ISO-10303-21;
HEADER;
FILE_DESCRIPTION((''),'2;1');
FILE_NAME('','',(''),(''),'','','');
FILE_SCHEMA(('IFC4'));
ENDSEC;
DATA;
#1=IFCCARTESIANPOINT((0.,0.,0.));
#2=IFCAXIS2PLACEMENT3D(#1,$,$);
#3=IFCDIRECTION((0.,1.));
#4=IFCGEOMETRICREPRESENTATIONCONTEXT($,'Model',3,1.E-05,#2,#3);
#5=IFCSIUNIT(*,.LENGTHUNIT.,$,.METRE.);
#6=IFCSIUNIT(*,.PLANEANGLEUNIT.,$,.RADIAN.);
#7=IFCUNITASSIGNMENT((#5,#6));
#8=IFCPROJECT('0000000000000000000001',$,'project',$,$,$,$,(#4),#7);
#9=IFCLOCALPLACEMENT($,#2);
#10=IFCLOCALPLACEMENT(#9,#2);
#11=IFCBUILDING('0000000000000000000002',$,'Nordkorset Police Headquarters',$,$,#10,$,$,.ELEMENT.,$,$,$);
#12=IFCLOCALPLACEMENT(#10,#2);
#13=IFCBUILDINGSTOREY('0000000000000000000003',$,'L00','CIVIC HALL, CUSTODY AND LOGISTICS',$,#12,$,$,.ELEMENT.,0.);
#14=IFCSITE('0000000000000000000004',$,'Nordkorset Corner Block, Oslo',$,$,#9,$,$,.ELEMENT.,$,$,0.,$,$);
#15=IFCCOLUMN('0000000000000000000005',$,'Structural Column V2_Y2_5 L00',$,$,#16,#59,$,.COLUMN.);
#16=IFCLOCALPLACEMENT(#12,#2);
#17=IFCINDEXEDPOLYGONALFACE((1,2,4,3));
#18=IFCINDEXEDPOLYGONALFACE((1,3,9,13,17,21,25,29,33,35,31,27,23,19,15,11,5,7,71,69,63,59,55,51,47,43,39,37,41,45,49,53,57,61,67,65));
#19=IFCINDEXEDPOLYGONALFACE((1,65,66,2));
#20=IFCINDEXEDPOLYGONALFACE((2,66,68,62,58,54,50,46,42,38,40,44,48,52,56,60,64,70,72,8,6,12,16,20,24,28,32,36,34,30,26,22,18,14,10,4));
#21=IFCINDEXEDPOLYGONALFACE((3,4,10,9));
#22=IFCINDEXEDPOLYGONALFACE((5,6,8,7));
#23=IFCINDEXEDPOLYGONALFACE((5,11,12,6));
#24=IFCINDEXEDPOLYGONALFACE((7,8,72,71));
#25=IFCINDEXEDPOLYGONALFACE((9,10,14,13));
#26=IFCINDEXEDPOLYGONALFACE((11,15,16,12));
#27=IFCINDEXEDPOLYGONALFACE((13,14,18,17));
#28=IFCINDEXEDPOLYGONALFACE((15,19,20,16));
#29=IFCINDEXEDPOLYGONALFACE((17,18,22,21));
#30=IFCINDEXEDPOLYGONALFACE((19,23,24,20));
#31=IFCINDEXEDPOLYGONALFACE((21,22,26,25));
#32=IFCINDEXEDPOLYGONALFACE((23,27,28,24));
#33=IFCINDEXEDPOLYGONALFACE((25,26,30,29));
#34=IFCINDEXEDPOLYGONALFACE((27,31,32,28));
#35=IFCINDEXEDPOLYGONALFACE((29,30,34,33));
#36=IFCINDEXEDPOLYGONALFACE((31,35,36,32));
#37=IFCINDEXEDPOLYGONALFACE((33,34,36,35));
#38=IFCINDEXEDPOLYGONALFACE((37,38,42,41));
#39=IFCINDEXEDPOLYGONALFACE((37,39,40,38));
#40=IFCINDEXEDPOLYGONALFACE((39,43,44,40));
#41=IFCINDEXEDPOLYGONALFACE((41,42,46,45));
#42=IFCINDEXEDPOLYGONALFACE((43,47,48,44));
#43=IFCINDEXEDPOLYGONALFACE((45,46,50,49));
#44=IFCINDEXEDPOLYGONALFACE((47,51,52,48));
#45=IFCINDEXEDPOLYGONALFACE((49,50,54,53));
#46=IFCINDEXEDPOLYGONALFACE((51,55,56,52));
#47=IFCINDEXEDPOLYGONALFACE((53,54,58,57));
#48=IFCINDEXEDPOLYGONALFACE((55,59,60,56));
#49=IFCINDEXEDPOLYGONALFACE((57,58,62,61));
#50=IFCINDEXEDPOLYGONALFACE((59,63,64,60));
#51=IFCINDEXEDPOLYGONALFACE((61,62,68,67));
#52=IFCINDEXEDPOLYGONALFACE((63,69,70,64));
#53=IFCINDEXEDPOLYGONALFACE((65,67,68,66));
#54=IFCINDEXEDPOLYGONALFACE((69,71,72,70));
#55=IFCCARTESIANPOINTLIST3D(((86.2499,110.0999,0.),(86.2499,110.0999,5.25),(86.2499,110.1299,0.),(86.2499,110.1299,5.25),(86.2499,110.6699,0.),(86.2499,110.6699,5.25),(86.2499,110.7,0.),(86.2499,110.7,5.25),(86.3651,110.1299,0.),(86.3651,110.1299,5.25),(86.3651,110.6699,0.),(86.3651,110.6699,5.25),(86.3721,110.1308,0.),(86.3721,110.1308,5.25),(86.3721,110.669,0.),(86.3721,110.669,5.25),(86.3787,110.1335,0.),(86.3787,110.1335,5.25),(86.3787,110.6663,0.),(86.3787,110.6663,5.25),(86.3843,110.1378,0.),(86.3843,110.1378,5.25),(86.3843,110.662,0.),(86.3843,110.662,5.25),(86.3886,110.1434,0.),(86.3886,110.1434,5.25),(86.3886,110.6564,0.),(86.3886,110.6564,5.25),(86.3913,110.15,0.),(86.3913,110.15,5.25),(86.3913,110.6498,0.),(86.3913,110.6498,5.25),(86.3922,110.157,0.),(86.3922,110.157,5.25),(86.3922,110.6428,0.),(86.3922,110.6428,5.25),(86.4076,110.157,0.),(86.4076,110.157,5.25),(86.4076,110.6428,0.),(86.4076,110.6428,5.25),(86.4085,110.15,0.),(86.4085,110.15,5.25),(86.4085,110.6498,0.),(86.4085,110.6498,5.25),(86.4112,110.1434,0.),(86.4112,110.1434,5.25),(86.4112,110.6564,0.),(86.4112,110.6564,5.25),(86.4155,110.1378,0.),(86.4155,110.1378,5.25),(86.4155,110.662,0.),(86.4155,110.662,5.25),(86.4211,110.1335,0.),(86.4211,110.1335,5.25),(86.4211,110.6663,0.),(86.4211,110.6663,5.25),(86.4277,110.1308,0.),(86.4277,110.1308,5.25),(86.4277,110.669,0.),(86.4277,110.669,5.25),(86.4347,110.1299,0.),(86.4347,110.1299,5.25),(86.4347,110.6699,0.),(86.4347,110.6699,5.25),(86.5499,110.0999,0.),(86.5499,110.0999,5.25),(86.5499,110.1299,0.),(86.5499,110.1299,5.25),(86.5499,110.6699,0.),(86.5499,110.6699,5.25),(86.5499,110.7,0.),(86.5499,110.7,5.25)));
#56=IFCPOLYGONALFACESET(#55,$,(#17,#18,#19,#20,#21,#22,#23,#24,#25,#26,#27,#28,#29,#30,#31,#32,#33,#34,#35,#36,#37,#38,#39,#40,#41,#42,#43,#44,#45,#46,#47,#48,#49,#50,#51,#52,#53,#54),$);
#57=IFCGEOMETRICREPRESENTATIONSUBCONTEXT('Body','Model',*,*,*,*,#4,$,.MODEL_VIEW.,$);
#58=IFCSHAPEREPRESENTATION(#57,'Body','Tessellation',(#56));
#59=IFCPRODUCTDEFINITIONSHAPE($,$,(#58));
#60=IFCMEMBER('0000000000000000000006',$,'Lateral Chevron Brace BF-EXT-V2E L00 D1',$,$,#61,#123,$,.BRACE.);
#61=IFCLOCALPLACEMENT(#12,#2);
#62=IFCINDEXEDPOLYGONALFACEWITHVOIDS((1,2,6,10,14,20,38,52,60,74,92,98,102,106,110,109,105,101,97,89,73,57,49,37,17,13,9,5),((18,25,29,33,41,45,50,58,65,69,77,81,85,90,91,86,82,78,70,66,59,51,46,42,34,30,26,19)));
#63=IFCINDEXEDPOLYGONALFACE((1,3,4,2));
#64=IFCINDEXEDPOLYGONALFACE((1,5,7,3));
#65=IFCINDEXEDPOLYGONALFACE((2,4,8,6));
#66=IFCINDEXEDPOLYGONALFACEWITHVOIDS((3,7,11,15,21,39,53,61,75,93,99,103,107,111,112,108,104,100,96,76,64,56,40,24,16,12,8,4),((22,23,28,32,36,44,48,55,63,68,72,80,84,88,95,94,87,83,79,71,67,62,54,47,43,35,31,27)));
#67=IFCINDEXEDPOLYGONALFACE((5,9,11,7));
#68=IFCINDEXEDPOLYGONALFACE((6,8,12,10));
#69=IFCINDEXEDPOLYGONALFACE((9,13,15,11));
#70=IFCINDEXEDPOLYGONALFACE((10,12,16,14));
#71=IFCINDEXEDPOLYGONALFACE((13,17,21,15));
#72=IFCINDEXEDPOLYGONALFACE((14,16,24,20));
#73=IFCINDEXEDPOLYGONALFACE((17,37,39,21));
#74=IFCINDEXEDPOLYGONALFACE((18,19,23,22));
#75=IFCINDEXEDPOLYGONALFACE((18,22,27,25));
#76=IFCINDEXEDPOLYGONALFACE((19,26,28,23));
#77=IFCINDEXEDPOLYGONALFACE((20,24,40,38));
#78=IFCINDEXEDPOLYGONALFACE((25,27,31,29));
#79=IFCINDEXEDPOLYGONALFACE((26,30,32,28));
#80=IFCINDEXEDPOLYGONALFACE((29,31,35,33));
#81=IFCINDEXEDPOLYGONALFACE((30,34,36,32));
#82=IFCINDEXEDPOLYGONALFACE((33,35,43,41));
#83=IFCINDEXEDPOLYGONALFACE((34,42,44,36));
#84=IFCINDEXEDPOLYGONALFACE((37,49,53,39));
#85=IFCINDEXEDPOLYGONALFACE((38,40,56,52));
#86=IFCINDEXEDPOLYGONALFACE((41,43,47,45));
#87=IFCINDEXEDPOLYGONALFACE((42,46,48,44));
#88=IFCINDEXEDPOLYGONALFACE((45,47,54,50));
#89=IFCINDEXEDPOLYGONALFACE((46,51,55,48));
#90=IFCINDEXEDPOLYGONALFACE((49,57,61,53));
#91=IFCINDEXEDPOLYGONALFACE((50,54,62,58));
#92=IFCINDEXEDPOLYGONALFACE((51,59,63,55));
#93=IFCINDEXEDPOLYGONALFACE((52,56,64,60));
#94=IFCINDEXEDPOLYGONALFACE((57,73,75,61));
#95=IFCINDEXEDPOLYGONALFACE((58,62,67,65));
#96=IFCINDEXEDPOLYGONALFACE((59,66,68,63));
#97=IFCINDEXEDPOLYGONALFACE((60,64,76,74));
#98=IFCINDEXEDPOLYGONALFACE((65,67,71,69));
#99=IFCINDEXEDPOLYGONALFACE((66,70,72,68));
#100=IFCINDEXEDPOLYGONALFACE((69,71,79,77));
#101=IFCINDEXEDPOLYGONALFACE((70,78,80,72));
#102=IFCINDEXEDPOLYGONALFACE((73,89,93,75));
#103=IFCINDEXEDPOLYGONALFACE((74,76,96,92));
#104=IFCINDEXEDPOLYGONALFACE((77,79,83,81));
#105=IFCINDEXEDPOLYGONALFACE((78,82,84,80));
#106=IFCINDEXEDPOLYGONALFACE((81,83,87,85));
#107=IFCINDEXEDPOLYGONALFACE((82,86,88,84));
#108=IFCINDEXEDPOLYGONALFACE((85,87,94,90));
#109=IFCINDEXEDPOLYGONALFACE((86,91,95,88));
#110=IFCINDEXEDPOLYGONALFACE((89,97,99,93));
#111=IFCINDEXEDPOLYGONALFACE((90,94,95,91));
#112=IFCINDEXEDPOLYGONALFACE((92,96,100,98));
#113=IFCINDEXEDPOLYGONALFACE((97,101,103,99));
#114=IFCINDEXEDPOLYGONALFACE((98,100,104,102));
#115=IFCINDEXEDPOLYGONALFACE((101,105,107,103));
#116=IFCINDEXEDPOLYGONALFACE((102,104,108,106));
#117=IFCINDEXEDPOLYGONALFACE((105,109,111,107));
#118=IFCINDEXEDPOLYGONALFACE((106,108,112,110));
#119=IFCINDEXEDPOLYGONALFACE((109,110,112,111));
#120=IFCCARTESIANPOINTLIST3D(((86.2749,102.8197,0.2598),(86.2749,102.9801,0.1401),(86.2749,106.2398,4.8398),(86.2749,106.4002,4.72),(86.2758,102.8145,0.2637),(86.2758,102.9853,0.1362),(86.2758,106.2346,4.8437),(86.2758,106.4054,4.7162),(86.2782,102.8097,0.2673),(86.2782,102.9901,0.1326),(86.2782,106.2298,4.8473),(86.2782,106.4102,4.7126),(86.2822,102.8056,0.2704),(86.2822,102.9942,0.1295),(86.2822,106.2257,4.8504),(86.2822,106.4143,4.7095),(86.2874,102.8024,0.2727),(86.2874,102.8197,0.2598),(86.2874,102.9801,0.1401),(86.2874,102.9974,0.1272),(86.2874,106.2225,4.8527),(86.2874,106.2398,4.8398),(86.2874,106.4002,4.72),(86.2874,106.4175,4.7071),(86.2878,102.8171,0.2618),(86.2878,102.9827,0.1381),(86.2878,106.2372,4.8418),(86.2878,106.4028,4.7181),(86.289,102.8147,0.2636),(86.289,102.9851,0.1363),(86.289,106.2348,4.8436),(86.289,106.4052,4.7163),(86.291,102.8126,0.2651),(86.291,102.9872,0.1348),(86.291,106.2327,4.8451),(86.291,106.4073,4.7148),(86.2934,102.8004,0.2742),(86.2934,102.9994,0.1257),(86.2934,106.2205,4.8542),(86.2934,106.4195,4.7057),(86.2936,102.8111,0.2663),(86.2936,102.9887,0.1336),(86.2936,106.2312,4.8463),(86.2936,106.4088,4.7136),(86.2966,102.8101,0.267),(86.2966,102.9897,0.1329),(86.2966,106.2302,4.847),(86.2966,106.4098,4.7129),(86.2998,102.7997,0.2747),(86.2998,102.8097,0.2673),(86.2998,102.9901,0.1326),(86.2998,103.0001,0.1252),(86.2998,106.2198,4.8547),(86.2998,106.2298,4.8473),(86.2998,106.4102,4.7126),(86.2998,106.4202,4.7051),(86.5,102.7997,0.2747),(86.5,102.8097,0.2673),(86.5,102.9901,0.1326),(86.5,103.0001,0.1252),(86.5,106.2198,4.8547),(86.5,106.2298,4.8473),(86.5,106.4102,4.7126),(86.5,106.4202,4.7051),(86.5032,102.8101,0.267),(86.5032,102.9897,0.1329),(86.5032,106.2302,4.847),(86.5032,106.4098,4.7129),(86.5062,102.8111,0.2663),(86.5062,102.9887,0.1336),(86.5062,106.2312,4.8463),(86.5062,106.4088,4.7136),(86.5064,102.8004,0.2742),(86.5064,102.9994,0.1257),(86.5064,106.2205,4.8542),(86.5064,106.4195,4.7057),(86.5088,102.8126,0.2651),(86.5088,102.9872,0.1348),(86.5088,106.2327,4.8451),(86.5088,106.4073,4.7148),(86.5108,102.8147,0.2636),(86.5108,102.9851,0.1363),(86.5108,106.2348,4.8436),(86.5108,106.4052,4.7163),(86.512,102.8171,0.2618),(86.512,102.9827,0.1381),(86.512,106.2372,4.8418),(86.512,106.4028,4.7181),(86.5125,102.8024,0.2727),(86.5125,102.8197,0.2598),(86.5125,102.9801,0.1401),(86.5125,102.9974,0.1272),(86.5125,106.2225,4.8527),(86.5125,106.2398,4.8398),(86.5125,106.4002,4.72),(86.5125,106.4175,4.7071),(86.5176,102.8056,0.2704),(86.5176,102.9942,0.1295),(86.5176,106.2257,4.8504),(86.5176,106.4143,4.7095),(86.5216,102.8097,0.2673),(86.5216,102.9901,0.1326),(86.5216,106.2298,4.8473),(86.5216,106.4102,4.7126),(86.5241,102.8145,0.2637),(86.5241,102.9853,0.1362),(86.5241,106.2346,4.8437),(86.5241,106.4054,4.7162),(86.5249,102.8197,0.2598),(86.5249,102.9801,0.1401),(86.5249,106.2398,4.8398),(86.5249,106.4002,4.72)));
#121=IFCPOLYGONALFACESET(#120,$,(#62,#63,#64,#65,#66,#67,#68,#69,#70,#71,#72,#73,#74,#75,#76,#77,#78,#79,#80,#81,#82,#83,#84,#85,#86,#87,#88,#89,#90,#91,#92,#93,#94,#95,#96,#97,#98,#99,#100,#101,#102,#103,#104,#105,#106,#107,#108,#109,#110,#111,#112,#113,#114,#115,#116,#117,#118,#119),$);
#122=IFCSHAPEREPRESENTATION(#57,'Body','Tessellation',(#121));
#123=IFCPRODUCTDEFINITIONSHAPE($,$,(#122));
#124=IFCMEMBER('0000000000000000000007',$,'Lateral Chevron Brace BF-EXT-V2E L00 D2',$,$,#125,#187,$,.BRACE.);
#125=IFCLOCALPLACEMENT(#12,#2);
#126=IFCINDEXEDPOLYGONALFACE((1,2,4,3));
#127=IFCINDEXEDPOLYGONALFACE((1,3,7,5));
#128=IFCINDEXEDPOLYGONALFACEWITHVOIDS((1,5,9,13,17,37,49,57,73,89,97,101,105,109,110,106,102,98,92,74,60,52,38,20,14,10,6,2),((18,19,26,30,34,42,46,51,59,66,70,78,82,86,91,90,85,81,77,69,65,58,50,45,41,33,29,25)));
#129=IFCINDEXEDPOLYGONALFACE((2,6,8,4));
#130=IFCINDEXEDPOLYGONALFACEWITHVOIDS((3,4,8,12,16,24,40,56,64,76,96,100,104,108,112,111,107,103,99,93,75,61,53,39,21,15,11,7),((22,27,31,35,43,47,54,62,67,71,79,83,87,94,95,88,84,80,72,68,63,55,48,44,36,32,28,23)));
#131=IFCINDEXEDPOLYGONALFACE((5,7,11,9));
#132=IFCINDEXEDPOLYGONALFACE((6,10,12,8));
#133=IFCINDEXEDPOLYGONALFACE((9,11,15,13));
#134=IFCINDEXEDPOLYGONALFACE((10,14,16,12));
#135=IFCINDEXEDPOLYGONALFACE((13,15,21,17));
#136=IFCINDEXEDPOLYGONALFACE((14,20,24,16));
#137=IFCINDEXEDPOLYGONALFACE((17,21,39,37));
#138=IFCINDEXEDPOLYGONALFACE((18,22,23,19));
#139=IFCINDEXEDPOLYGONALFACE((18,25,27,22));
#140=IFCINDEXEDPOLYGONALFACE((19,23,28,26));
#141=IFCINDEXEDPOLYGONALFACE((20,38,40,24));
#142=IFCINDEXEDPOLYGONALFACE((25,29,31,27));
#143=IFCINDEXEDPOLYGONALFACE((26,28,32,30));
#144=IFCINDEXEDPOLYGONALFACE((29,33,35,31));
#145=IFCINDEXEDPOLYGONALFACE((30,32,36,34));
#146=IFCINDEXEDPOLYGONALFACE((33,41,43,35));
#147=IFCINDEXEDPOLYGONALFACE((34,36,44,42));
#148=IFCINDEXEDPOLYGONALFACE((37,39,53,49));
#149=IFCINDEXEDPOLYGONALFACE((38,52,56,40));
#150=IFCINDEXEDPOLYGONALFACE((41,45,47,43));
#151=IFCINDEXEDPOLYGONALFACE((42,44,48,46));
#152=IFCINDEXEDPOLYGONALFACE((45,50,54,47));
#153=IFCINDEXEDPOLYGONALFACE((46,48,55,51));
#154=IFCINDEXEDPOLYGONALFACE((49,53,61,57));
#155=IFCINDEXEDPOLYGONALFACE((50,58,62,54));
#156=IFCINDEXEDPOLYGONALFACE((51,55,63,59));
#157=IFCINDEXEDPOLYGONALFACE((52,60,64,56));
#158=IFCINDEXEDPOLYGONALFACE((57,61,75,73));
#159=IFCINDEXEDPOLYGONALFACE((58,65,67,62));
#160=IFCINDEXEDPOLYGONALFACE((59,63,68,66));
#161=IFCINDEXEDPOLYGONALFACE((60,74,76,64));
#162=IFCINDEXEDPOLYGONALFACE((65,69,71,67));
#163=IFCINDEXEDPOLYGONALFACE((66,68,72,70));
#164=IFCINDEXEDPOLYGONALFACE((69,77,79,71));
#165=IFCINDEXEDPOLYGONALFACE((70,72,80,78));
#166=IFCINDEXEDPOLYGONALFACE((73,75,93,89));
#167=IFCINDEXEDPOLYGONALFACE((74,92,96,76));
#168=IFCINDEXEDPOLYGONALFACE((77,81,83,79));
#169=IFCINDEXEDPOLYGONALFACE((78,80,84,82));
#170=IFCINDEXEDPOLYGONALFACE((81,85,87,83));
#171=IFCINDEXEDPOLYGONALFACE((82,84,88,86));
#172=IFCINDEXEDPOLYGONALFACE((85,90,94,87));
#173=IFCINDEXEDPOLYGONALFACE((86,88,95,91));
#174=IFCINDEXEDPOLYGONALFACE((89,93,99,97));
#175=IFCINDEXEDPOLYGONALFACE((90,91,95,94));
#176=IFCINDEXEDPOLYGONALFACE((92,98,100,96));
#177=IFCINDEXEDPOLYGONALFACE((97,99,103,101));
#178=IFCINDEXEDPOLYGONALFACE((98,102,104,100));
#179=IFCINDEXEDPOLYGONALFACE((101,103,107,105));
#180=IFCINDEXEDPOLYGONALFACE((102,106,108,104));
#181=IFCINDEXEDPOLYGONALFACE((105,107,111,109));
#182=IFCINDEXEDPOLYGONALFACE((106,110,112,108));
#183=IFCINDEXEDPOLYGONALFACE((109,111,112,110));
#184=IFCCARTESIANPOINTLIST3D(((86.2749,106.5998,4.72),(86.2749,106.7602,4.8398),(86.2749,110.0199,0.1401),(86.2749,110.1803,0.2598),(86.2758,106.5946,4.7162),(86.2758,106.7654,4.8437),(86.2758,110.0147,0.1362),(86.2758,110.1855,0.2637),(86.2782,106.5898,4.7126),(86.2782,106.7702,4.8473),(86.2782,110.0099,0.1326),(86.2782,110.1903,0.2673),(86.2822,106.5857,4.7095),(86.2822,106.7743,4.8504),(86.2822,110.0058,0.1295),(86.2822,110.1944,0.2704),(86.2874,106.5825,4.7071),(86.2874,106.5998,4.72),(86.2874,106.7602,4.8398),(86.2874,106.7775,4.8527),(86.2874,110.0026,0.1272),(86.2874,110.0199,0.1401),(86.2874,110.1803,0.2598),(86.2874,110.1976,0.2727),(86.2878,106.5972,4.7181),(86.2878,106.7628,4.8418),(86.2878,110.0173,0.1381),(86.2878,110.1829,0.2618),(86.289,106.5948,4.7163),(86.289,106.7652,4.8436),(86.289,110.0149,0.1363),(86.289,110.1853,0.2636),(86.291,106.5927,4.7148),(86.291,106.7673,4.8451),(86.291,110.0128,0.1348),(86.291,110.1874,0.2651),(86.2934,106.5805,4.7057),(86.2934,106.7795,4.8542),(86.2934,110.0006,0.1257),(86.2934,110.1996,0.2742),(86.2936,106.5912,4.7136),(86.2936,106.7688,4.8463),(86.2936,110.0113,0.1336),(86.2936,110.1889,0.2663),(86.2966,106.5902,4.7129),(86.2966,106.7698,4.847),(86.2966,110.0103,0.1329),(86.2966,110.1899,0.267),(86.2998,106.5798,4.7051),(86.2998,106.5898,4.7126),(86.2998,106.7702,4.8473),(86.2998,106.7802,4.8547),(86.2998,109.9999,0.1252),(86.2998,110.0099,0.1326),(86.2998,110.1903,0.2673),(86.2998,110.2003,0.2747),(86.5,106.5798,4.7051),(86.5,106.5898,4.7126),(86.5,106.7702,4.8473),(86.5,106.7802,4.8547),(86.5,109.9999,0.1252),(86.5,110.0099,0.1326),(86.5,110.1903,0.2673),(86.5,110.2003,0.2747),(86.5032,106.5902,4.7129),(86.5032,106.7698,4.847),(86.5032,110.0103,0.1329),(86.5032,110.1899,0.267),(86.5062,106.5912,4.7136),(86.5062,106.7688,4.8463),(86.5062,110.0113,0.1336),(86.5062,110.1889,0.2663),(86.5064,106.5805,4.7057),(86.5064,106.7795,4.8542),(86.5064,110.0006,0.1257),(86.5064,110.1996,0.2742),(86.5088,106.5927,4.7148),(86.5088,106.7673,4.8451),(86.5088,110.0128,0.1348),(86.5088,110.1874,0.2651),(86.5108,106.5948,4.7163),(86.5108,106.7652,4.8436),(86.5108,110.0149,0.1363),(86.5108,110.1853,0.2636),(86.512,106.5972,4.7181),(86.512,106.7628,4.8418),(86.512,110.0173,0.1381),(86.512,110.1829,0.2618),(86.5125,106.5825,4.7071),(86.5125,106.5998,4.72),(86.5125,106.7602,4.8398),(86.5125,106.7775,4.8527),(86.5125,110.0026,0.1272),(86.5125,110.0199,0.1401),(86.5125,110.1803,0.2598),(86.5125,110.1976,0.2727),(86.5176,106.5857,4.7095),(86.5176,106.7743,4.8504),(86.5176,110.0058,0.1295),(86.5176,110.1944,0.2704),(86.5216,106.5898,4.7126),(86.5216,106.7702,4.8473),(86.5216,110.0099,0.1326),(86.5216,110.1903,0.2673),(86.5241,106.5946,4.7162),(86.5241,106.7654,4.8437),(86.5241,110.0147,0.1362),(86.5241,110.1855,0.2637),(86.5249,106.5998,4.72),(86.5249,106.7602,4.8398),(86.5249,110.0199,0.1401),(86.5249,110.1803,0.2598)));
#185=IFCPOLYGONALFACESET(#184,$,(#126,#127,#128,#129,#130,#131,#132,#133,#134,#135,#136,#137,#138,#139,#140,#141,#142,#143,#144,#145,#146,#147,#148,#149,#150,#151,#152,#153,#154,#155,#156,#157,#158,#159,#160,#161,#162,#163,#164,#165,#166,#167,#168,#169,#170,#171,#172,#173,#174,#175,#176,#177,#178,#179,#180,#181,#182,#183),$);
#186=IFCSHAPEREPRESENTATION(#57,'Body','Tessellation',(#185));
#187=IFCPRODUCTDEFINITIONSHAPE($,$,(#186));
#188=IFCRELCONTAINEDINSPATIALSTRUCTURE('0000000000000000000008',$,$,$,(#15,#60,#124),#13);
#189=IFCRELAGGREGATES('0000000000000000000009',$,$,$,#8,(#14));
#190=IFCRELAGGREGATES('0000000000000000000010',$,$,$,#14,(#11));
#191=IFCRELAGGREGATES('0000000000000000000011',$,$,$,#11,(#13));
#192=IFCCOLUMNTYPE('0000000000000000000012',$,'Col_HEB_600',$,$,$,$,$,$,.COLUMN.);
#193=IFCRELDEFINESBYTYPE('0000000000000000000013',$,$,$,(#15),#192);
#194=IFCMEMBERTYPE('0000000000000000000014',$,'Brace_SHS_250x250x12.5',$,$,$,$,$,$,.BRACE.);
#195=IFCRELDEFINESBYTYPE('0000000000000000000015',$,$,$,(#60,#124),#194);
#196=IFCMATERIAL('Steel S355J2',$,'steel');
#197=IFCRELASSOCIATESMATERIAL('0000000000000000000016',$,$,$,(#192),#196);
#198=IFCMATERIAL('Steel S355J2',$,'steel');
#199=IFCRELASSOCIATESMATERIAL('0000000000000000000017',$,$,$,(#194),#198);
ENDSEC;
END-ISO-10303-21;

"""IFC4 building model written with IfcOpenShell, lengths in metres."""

from ifc_helpers import new_model, si_unit, direction, frame, origin, origin_2d, place, context, subcontext, project, spatial, hollow_rectangle, i_section, extrude, material, material_profile, profile_set, type_object, element, save


model = new_model("IFC4")

# Units and contexts
model_context = context("Model", 3, precision=1e-05, world=origin(), true_north=direction((0.0, 1.0)))
body_context = subcontext(model_context, "Body", "Model", "MODEL_VIEW")
ifc_project = project(units=[si_unit("LENGTHUNIT", "METRE"), si_unit("PLANEANGLEUNIT", "RADIAN")], contexts=[model_context])

# Site, building, storey
site_placement = place(None, origin())
site = spatial("IfcSite", under=ifc_project, at=site_placement, Name="Nordkorset Corner Block, Oslo", CompositionType="ELEMENT", RefElevation=0.0)
building_placement = place(site_placement, origin())
building = spatial("IfcBuilding", under=site, at=building_placement, Name="Nordkorset Police Headquarters", CompositionType="ELEMENT")
storey_placement = place(building_placement, origin())
storey = spatial("IfcBuildingStorey", under=building, at=storey_placement, Name="L00", Description="CIVIC HALL, CUSTODY AND LOGISTICS", CompositionType="ELEMENT", Elevation=0.0)

# Column
ifc_material_1 = material(Name="Steel S355J2", Category="steel")
ifc_material_profile_1 = material_profile(ifc_material_1, i_section(OverallWidth=0.3, OverallDepth=0.6001, WebThickness=0.0154, FlangeThickness=0.03, FilletRadius=0.0271, at=origin_2d()), Name="HEB 600")
ifc_profile_set_1 = profile_set([ifc_material_profile_1], Name="Steel S355J2")
column_type = type_object("IfcColumnType", Name="Col_HEB_600", PredefinedType="COLUMN", material=ifc_profile_set_1)
column_placement = place(storey_placement, frame((86.3999, 110.3999, 0.0), z_axis=(0.0, 0.0, 1.0), x_axis=(1.0, 0.0, 0.0)))
element("IfcColumn", 1, at=column_placement, inside=storey, type_object=column_type, Name="Structural Column V2_Y2_5 L00", PredefinedType="COLUMN", context=body_context, shape_type="SweptSolid", body=[
    extrude(i_section(OverallWidth=0.3, OverallDepth=0.6001, WebThickness=0.0154, FlangeThickness=0.03, FilletRadius=0.0271, at=origin_2d()), origin(), (0.0, 0.0, 1.0), 5.25),
])

# Members
ifc_material_2 = material(Name="Steel S355J2", Category="steel")
ifc_material_profile_2 = material_profile(ifc_material_2, hollow_rectangle(XDim=0.25, YDim=0.25, WallThickness=0.0125, InnerFilletRadius=0.0125, OuterFilletRadius=0.0249, at=origin_2d()), Name="SHS 250x250x12.5")
ifc_profile_set_2 = profile_set([ifc_material_profile_2], Name="Steel S355J2")
member_type_1 = type_object("IfcMemberType", Name="Brace_SHS_250x250x12.5", PredefinedType="BRACE", material=ifc_profile_set_2)
for number, where, z_axis, x_axis, name in (
    (2, (86.3999, 102.8999, 0.2), (0.0, 0.598331, 0.801249), (-1.0, 0.0, 0.0), "Lateral Chevron Brace BF-EXT-V2E L00 D1"),
    (3, (86.3999, 110.1001, 0.2), (0.0, -0.598331, 0.801249), (1.0, 0.0, 0.0), "Lateral Chevron Brace BF-EXT-V2E L00 D2"),
):
    element("IfcMember", number, at=place(storey_placement, frame(where, z_axis=z_axis, x_axis=x_axis)), inside=storey, type_object=member_type_1, Name=name, PredefinedType="BRACE", context=body_context, shape_type="SweptSolid", body=[
        extrude(hollow_rectangle(XDim=0.25, YDim=0.25, WallThickness=0.0125, InnerFilletRadius=0.0125, OuterFilletRadius=0.0249, at=origin_2d()), origin(), (0.0, 0.0, 1.0), 5.7161),
    ])

save(model, "model.ifc")
